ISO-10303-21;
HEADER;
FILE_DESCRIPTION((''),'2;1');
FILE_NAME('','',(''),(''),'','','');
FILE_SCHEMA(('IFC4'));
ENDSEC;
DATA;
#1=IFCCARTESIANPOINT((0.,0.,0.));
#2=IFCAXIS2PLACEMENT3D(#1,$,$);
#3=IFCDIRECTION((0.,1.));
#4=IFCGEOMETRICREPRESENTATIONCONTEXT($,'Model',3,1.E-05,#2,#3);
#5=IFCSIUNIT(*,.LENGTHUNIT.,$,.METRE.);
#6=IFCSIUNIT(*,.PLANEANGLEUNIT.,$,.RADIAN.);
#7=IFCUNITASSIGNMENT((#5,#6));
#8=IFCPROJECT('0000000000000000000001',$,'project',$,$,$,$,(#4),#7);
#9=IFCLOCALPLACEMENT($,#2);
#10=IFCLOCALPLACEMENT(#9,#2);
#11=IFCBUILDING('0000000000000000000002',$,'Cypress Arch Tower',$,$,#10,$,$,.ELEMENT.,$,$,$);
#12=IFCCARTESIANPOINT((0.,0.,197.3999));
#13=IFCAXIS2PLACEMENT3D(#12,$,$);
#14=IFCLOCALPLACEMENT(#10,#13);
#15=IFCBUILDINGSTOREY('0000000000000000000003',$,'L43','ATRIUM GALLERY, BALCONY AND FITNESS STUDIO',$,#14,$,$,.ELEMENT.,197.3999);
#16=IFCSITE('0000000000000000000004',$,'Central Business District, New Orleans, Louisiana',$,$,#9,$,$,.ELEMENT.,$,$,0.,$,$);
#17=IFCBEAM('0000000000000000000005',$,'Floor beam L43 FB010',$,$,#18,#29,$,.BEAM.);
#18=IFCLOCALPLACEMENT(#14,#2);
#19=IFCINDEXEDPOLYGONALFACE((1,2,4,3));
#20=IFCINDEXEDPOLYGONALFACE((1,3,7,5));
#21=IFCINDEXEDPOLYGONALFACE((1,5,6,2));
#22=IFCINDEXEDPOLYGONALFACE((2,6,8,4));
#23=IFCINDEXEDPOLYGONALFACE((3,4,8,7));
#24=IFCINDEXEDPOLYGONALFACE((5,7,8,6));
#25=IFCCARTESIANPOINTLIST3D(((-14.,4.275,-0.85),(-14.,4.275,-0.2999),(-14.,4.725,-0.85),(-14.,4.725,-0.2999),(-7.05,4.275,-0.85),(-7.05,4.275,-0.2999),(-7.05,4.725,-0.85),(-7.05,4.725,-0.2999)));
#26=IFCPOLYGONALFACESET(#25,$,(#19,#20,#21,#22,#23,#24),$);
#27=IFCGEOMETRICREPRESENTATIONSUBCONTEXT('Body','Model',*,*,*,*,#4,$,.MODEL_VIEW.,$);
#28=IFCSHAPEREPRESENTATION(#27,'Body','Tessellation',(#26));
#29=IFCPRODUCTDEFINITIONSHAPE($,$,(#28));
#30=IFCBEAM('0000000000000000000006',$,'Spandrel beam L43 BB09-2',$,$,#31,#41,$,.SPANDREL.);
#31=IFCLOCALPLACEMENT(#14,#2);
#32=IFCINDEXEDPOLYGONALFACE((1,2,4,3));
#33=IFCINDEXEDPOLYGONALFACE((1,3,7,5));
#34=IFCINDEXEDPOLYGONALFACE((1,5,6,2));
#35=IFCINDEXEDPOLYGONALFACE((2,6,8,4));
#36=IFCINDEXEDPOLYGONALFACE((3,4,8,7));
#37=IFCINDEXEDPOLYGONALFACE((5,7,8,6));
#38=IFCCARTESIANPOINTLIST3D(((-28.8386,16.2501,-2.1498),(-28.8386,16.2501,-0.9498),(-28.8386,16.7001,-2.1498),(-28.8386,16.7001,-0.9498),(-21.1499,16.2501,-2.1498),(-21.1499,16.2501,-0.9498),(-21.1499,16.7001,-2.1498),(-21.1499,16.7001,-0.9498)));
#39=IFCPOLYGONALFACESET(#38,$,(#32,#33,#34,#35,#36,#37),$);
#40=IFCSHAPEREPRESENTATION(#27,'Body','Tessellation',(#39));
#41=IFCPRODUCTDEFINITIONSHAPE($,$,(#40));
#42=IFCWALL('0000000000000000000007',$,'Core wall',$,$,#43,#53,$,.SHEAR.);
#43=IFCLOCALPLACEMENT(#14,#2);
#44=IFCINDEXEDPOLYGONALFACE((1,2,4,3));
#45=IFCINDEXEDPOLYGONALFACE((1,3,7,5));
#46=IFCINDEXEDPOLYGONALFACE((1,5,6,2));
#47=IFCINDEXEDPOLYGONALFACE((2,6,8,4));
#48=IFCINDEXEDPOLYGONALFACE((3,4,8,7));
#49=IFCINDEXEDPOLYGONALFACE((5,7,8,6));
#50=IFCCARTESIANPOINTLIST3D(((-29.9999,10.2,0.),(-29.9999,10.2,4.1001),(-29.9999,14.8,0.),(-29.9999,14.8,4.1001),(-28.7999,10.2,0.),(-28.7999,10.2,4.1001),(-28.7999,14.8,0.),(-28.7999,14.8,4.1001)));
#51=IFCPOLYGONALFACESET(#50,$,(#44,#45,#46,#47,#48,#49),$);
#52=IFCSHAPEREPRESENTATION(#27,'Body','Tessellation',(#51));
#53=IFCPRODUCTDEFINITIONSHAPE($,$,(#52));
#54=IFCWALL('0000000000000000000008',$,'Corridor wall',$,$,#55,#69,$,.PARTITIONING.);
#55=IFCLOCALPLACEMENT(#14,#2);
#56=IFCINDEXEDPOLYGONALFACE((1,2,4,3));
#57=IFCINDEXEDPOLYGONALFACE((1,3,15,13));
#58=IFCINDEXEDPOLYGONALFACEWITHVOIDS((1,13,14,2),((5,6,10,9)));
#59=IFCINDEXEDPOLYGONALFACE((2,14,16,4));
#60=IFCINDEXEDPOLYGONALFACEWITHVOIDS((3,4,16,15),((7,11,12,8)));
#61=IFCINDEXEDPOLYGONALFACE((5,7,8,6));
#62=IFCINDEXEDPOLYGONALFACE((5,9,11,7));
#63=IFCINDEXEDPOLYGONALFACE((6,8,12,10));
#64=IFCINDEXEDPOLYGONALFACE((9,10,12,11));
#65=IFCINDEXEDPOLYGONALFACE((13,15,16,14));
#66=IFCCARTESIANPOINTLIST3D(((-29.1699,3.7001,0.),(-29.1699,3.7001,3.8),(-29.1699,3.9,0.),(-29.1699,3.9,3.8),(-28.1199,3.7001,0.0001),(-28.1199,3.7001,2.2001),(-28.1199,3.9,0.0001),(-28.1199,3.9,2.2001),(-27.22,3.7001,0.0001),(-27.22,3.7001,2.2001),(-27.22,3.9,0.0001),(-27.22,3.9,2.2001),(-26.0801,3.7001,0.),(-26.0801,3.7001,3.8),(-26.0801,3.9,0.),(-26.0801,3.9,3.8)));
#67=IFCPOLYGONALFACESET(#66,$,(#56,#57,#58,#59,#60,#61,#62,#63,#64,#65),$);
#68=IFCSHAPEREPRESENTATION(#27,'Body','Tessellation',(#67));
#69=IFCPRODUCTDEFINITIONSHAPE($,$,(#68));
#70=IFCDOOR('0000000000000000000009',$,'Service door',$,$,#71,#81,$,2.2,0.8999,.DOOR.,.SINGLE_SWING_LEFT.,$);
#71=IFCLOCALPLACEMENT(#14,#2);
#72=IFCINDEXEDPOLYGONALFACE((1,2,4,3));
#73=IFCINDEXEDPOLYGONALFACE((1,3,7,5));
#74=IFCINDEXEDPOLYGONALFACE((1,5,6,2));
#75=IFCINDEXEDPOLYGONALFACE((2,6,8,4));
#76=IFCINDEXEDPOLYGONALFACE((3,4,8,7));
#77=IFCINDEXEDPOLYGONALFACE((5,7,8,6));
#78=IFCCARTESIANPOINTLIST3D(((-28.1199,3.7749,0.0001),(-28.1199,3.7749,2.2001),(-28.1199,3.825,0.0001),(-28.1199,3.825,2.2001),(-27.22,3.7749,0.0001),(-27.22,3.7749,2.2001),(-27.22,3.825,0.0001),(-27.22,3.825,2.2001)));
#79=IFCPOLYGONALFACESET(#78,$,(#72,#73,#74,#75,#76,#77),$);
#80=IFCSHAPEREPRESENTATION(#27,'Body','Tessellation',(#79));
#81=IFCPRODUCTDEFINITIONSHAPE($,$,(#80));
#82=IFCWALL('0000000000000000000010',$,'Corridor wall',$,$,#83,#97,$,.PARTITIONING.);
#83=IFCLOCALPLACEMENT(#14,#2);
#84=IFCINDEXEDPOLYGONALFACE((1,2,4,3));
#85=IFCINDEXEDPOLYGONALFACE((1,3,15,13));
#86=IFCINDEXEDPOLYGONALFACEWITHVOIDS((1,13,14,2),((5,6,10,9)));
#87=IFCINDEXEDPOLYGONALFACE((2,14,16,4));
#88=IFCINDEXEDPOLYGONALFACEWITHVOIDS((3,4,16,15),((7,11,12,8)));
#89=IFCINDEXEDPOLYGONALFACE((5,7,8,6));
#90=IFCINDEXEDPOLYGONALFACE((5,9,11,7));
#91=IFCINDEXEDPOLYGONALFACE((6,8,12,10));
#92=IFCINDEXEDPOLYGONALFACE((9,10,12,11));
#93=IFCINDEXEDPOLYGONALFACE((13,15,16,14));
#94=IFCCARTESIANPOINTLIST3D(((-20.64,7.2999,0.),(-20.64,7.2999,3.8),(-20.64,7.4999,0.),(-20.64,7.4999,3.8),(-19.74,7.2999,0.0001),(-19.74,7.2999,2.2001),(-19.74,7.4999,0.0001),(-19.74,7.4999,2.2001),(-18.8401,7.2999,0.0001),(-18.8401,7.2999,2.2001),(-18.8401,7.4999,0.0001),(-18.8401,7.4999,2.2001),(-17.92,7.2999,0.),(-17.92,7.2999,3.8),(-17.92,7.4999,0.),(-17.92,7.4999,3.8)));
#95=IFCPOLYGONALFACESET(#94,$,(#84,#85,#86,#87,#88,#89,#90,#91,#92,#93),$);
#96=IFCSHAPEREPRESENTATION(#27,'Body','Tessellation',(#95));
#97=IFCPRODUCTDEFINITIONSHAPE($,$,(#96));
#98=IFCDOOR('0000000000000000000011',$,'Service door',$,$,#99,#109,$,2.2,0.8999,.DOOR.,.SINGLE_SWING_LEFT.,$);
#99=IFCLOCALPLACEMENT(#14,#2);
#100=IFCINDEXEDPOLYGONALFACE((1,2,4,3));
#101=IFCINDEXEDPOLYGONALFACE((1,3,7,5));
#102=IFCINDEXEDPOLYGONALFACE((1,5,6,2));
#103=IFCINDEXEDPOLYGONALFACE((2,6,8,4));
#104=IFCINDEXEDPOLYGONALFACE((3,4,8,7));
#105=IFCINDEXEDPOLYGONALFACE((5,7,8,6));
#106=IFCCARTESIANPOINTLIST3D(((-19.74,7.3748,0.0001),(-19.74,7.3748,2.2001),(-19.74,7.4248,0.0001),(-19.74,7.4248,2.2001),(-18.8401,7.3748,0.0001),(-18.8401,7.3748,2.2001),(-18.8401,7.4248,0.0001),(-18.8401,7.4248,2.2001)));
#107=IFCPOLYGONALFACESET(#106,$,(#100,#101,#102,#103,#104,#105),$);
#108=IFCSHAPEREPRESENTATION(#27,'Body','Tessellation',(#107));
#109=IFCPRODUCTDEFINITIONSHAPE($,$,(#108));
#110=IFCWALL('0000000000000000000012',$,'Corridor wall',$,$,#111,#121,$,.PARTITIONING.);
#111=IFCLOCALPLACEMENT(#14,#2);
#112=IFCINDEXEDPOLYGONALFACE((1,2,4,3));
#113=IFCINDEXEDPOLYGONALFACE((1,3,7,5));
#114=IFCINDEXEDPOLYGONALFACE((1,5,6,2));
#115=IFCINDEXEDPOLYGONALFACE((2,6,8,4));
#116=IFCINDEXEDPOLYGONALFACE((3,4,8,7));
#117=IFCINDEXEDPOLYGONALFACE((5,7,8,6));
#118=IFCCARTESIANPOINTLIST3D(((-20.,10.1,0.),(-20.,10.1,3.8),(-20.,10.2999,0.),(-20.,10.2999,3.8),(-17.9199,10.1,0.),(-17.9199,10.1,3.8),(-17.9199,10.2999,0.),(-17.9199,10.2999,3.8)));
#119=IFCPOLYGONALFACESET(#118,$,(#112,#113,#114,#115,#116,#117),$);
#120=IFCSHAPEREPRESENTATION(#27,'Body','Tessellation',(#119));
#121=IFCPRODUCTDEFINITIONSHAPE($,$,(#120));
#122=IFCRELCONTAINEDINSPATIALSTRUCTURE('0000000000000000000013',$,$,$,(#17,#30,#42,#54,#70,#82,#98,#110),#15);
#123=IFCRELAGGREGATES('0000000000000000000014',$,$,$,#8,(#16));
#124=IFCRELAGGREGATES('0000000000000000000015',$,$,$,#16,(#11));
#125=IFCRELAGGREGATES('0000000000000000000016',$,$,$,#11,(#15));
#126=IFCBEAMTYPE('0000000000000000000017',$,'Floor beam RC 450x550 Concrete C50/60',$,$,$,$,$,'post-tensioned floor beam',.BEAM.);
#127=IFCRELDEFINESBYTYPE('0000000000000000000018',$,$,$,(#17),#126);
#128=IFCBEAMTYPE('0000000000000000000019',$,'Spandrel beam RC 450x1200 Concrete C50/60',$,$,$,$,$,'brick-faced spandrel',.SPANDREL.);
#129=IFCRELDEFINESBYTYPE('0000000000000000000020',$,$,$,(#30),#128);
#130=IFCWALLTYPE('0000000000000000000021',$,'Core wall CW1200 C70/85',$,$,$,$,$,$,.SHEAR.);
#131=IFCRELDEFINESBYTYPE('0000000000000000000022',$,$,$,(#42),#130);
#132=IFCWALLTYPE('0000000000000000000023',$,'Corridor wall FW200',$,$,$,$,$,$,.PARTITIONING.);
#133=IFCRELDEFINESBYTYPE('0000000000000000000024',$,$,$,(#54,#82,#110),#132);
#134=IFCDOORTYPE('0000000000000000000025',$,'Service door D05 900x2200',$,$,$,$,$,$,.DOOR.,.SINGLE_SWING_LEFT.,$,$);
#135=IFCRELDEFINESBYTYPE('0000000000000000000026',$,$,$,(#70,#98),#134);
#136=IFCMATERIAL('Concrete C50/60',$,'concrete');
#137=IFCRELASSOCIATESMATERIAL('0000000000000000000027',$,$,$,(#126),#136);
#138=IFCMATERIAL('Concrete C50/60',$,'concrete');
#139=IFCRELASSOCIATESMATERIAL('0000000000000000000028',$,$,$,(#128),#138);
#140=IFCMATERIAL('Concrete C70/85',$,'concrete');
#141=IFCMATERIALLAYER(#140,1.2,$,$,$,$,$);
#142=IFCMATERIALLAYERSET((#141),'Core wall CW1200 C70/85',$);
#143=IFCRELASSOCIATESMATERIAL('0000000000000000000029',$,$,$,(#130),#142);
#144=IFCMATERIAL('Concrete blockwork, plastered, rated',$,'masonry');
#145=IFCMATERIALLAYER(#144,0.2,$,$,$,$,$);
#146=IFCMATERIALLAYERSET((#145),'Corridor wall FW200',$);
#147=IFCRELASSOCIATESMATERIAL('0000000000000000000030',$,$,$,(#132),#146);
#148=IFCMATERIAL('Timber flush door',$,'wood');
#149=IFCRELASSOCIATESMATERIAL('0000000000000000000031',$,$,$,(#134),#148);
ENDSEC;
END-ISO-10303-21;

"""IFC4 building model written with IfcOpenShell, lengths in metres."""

from ifc_helpers import new_model, si_unit, direction, frame, frame_2d, origin, origin_2d, place, context, subcontext, project, spatial, rectangle, extrude, material, layer, layer_set, material_profile, profile_set, type_object, element, fill, save


model = new_model("IFC4")

# Units and contexts
model_context = context("Model", 3, precision=1e-05, world=origin(), true_north=direction((0.0, 1.0)))
body_context = subcontext(model_context, "Body", "Model", "MODEL_VIEW")
ifc_project = project(units=[si_unit("LENGTHUNIT", "METRE"), si_unit("PLANEANGLEUNIT", "RADIAN")], contexts=[model_context])

# Site, building, storey
site_placement = place(None, origin())
site = spatial("IfcSite", under=ifc_project, at=site_placement, Name="Central Business District, New Orleans, Louisiana", CompositionType="ELEMENT", RefElevation=0.0)
building_placement = place(site_placement, origin())
building = spatial("IfcBuilding", under=site, at=building_placement, Name="Cypress Arch Tower", CompositionType="ELEMENT")
storey_placement = place(building_placement, frame((0.0, 0.0, 197.3999)))
storey = spatial("IfcBuildingStorey", under=building, at=storey_placement, Name="L43", Description="ATRIUM GALLERY, BALCONY AND FITNESS STUDIO", CompositionType="ELEMENT", Elevation=197.3999)

# Beams
ifc_material_1 = material(Name="Concrete C50/60", Category="concrete")
ifc_material_profile_1 = material_profile(ifc_material_1, rectangle(XDim=0.45, YDim=0.55, at=origin_2d()), Name="RC 450x550")
ifc_profile_set_1 = profile_set([ifc_material_profile_1], Name="Concrete C50/60")
beam_type_1 = type_object("IfcBeamType", Name="Floor beam RC 450x550 Concrete C50/60", ElementType="post-tensioned floor beam", PredefinedType="BEAM", material=ifc_profile_set_1)
beam_1_placement = place(storey_placement, frame((-14.0, 4.5, -0.575), z_axis=(1.0, 0.0, 0.0), x_axis=(0.0, 1.0, 0.0)))
element("IfcBeam", 1, at=beam_1_placement, inside=storey, type_object=beam_type_1, Name="Floor beam L43 FB010", PredefinedType="BEAM", context=body_context, shape_type="SweptSolid", body=[
    extrude(rectangle(XDim=0.45, YDim=0.55, at=origin_2d()), origin(), (0.0, 0.0, 1.0), 6.95),
])
ifc_material_2 = material(Name="Concrete C50/60", Category="concrete")
ifc_material_profile_2 = material_profile(ifc_material_2, rectangle(XDim=0.45, YDim=1.2, at=origin_2d()), Name="RC 450x1200")
ifc_profile_set_2 = profile_set([ifc_material_profile_2], Name="Concrete C50/60")
beam_type_2 = type_object("IfcBeamType", Name="Spandrel beam RC 450x1200 Concrete C50/60", ElementType="brick-faced spandrel", PredefinedType="SPANDREL", material=ifc_profile_set_2)
beam_2_placement = place(storey_placement, frame((-21.1499, 16.4751, -1.5498), z_axis=(-1.0, 0.0, 0.0), x_axis=(0.0, -1.0, 0.0)))
element("IfcBeam", 2, at=beam_2_placement, inside=storey, type_object=beam_type_2, Name="Spandrel beam L43 BB09-2", PredefinedType="SPANDREL", context=body_context, shape_type="SweptSolid", body=[
    extrude(rectangle(XDim=0.45, YDim=1.2, at=origin_2d()), origin(), (0.0, 0.0, 1.0), 7.6887),
])

# Wall
ifc_material_3 = material(Name="Concrete C70/85", Category="concrete")
ifc_layer_1 = layer(ifc_material_3, 1.2)
ifc_layer_set_1 = layer_set([ifc_layer_1], Name="Core wall CW1200 C70/85")
wall_type_1 = type_object("IfcWallType", Name="Core wall CW1200 C70/85", PredefinedType="SHEAR", material=ifc_layer_set_1)
wall_1_placement = place(storey_placement, frame((-29.3999, 10.2, 0.0), z_axis=(0.0, 0.0, 1.0), x_axis=(0.0, 1.0, 0.0)))
element("IfcWall", 3, at=wall_1_placement, inside=storey, type_object=wall_type_1, Name="Core wall", PredefinedType="SHEAR", context=body_context, shape_type="SweptSolid", body=[
    extrude(rectangle(XDim=4.6001, YDim=1.2, at=frame_2d((2.3, 0.0))), origin(), (0.0, 0.0, 1.0), 4.1001),
])

# Walls, openings, doors
ifc_material_4 = material(Name="Concrete blockwork, plastered, rated", Category="masonry")
ifc_layer_2 = layer(ifc_material_4, 0.2)
ifc_layer_set_2 = layer_set([ifc_layer_2], Name="Corridor wall FW200")
wall_type_2 = type_object("IfcWallType", Name="Corridor wall FW200", PredefinedType="PARTITIONING", material=ifc_layer_set_2)
wall_2_placement = place(storey_placement, frame((-29.1699, 3.8, 0.0), z_axis=(0.0, 0.0, 1.0), x_axis=(1.0, 0.0, 0.0)))
wall_2 = element("IfcWall", 4, at=wall_2_placement, inside=storey, type_object=wall_type_2, Name="Corridor wall", PredefinedType="PARTITIONING", context=body_context, shape_type="SweptSolid", body=[
    extrude(rectangle(XDim=3.0898, YDim=0.2, at=frame_2d((1.5449, 0.0))), origin(), (0.0, 0.0, 1.0), 3.8),
])
opening_1_placement = place(wall_2_placement, frame((1.05, 0.0, 0.0)))
opening_1 = element("IfcOpeningElement", 5, at=opening_1_placement, cuts=wall_2, PredefinedType="OPENING", context=body_context, shape_type="SweptSolid", body=[
    extrude(rectangle(XDim=0.8999, YDim=2.2, at=frame_2d((0.45, 1.1001))), frame((0.0, 0.1099, 0.0), z_axis=(0.0, -1.0, 0.0), x_axis=(1.0, 0.0, 0.0)), (0.0, 0.0, 1.0), 0.22),
])
ifc_material_5 = material(Name="Timber flush door", Category="wood")
door_type_1 = type_object("IfcDoorType", Name="Service door D05 900x2200", OperationType="SINGLE_SWING_LEFT", PredefinedType="DOOR", material=ifc_material_5)
door_1_placement = place(opening_1_placement, origin())
door_1 = element("IfcDoor", 6, at=door_1_placement, inside=storey, type_object=door_type_1, Name="Service door", OperationType="SINGLE_SWING_LEFT", OverallHeight=2.2, OverallWidth=0.8999, PredefinedType="DOOR", context=body_context, shape_type="SweptSolid", body=[
    extrude(rectangle(XDim=0.8999, YDim=2.2, at=frame_2d((0.45, 1.1001))), frame((0.0, 0.0249, 0.0), z_axis=(0.0, -1.0, 0.0), x_axis=(1.0, 0.0, 0.0)), (0.0, 0.0, 1.0), 0.05),
])
fill(opening_1, door_1)
wall_3_placement = place(storey_placement, frame((-20.6399, 7.3999, 0.0), z_axis=(0.0, 0.0, 1.0), x_axis=(1.0, 0.0, 0.0)))
wall_3 = element("IfcWall", 7, at=wall_3_placement, inside=storey, type_object=wall_type_2, Name="Corridor wall", PredefinedType="PARTITIONING", context=body_context, shape_type="SweptSolid", body=[
    extrude(rectangle(XDim=2.72, YDim=0.2, at=frame_2d((1.3599, 0.0))), origin(), (0.0, 0.0, 1.0), 3.8),
])
opening_2_placement = place(wall_3_placement, frame((0.8999, 0.0, 0.0)))
opening_2 = element("IfcOpeningElement", 8, at=opening_2_placement, cuts=wall_3, PredefinedType="OPENING", context=body_context, shape_type="SweptSolid", body=[
    extrude(rectangle(XDim=0.8999, YDim=2.2, at=frame_2d((0.45, 1.1001))), frame((0.0, 0.1099, 0.0), z_axis=(0.0, -1.0, 0.0), x_axis=(1.0, 0.0, 0.0)), (0.0, 0.0, 1.0), 0.22),
])
door_2_placement = place(opening_2_placement, origin())
door_2 = element("IfcDoor", 9, at=door_2_placement, inside=storey, type_object=door_type_1, Name="Service door", OperationType="SINGLE_SWING_LEFT", OverallHeight=2.2, OverallWidth=0.8999, PredefinedType="DOOR", context=body_context, shape_type="SweptSolid", body=[
    extrude(rectangle(XDim=0.8999, YDim=2.2, at=frame_2d((0.45, 1.1001))), frame((0.0, 0.0249, 0.0), z_axis=(0.0, -1.0, 0.0), x_axis=(1.0, 0.0, 0.0)), (0.0, 0.0, 1.0), 0.05),
])
fill(opening_2, door_2)

# Wall
wall_4_placement = place(storey_placement, frame((-20.0, 10.2, 0.0), z_axis=(0.0, 0.0, 1.0), x_axis=(1.0, 0.0, 0.0)))
element("IfcWall", 10, at=wall_4_placement, inside=storey, type_object=wall_type_2, Name="Corridor wall", PredefinedType="PARTITIONING", context=body_context, shape_type="SweptSolid", body=[
    extrude(rectangle(XDim=2.0801, YDim=0.2, at=frame_2d((1.04, 0.0))), origin(), (0.0, 0.0, 1.0), 3.8),
])

save(model, "model.ifc")
